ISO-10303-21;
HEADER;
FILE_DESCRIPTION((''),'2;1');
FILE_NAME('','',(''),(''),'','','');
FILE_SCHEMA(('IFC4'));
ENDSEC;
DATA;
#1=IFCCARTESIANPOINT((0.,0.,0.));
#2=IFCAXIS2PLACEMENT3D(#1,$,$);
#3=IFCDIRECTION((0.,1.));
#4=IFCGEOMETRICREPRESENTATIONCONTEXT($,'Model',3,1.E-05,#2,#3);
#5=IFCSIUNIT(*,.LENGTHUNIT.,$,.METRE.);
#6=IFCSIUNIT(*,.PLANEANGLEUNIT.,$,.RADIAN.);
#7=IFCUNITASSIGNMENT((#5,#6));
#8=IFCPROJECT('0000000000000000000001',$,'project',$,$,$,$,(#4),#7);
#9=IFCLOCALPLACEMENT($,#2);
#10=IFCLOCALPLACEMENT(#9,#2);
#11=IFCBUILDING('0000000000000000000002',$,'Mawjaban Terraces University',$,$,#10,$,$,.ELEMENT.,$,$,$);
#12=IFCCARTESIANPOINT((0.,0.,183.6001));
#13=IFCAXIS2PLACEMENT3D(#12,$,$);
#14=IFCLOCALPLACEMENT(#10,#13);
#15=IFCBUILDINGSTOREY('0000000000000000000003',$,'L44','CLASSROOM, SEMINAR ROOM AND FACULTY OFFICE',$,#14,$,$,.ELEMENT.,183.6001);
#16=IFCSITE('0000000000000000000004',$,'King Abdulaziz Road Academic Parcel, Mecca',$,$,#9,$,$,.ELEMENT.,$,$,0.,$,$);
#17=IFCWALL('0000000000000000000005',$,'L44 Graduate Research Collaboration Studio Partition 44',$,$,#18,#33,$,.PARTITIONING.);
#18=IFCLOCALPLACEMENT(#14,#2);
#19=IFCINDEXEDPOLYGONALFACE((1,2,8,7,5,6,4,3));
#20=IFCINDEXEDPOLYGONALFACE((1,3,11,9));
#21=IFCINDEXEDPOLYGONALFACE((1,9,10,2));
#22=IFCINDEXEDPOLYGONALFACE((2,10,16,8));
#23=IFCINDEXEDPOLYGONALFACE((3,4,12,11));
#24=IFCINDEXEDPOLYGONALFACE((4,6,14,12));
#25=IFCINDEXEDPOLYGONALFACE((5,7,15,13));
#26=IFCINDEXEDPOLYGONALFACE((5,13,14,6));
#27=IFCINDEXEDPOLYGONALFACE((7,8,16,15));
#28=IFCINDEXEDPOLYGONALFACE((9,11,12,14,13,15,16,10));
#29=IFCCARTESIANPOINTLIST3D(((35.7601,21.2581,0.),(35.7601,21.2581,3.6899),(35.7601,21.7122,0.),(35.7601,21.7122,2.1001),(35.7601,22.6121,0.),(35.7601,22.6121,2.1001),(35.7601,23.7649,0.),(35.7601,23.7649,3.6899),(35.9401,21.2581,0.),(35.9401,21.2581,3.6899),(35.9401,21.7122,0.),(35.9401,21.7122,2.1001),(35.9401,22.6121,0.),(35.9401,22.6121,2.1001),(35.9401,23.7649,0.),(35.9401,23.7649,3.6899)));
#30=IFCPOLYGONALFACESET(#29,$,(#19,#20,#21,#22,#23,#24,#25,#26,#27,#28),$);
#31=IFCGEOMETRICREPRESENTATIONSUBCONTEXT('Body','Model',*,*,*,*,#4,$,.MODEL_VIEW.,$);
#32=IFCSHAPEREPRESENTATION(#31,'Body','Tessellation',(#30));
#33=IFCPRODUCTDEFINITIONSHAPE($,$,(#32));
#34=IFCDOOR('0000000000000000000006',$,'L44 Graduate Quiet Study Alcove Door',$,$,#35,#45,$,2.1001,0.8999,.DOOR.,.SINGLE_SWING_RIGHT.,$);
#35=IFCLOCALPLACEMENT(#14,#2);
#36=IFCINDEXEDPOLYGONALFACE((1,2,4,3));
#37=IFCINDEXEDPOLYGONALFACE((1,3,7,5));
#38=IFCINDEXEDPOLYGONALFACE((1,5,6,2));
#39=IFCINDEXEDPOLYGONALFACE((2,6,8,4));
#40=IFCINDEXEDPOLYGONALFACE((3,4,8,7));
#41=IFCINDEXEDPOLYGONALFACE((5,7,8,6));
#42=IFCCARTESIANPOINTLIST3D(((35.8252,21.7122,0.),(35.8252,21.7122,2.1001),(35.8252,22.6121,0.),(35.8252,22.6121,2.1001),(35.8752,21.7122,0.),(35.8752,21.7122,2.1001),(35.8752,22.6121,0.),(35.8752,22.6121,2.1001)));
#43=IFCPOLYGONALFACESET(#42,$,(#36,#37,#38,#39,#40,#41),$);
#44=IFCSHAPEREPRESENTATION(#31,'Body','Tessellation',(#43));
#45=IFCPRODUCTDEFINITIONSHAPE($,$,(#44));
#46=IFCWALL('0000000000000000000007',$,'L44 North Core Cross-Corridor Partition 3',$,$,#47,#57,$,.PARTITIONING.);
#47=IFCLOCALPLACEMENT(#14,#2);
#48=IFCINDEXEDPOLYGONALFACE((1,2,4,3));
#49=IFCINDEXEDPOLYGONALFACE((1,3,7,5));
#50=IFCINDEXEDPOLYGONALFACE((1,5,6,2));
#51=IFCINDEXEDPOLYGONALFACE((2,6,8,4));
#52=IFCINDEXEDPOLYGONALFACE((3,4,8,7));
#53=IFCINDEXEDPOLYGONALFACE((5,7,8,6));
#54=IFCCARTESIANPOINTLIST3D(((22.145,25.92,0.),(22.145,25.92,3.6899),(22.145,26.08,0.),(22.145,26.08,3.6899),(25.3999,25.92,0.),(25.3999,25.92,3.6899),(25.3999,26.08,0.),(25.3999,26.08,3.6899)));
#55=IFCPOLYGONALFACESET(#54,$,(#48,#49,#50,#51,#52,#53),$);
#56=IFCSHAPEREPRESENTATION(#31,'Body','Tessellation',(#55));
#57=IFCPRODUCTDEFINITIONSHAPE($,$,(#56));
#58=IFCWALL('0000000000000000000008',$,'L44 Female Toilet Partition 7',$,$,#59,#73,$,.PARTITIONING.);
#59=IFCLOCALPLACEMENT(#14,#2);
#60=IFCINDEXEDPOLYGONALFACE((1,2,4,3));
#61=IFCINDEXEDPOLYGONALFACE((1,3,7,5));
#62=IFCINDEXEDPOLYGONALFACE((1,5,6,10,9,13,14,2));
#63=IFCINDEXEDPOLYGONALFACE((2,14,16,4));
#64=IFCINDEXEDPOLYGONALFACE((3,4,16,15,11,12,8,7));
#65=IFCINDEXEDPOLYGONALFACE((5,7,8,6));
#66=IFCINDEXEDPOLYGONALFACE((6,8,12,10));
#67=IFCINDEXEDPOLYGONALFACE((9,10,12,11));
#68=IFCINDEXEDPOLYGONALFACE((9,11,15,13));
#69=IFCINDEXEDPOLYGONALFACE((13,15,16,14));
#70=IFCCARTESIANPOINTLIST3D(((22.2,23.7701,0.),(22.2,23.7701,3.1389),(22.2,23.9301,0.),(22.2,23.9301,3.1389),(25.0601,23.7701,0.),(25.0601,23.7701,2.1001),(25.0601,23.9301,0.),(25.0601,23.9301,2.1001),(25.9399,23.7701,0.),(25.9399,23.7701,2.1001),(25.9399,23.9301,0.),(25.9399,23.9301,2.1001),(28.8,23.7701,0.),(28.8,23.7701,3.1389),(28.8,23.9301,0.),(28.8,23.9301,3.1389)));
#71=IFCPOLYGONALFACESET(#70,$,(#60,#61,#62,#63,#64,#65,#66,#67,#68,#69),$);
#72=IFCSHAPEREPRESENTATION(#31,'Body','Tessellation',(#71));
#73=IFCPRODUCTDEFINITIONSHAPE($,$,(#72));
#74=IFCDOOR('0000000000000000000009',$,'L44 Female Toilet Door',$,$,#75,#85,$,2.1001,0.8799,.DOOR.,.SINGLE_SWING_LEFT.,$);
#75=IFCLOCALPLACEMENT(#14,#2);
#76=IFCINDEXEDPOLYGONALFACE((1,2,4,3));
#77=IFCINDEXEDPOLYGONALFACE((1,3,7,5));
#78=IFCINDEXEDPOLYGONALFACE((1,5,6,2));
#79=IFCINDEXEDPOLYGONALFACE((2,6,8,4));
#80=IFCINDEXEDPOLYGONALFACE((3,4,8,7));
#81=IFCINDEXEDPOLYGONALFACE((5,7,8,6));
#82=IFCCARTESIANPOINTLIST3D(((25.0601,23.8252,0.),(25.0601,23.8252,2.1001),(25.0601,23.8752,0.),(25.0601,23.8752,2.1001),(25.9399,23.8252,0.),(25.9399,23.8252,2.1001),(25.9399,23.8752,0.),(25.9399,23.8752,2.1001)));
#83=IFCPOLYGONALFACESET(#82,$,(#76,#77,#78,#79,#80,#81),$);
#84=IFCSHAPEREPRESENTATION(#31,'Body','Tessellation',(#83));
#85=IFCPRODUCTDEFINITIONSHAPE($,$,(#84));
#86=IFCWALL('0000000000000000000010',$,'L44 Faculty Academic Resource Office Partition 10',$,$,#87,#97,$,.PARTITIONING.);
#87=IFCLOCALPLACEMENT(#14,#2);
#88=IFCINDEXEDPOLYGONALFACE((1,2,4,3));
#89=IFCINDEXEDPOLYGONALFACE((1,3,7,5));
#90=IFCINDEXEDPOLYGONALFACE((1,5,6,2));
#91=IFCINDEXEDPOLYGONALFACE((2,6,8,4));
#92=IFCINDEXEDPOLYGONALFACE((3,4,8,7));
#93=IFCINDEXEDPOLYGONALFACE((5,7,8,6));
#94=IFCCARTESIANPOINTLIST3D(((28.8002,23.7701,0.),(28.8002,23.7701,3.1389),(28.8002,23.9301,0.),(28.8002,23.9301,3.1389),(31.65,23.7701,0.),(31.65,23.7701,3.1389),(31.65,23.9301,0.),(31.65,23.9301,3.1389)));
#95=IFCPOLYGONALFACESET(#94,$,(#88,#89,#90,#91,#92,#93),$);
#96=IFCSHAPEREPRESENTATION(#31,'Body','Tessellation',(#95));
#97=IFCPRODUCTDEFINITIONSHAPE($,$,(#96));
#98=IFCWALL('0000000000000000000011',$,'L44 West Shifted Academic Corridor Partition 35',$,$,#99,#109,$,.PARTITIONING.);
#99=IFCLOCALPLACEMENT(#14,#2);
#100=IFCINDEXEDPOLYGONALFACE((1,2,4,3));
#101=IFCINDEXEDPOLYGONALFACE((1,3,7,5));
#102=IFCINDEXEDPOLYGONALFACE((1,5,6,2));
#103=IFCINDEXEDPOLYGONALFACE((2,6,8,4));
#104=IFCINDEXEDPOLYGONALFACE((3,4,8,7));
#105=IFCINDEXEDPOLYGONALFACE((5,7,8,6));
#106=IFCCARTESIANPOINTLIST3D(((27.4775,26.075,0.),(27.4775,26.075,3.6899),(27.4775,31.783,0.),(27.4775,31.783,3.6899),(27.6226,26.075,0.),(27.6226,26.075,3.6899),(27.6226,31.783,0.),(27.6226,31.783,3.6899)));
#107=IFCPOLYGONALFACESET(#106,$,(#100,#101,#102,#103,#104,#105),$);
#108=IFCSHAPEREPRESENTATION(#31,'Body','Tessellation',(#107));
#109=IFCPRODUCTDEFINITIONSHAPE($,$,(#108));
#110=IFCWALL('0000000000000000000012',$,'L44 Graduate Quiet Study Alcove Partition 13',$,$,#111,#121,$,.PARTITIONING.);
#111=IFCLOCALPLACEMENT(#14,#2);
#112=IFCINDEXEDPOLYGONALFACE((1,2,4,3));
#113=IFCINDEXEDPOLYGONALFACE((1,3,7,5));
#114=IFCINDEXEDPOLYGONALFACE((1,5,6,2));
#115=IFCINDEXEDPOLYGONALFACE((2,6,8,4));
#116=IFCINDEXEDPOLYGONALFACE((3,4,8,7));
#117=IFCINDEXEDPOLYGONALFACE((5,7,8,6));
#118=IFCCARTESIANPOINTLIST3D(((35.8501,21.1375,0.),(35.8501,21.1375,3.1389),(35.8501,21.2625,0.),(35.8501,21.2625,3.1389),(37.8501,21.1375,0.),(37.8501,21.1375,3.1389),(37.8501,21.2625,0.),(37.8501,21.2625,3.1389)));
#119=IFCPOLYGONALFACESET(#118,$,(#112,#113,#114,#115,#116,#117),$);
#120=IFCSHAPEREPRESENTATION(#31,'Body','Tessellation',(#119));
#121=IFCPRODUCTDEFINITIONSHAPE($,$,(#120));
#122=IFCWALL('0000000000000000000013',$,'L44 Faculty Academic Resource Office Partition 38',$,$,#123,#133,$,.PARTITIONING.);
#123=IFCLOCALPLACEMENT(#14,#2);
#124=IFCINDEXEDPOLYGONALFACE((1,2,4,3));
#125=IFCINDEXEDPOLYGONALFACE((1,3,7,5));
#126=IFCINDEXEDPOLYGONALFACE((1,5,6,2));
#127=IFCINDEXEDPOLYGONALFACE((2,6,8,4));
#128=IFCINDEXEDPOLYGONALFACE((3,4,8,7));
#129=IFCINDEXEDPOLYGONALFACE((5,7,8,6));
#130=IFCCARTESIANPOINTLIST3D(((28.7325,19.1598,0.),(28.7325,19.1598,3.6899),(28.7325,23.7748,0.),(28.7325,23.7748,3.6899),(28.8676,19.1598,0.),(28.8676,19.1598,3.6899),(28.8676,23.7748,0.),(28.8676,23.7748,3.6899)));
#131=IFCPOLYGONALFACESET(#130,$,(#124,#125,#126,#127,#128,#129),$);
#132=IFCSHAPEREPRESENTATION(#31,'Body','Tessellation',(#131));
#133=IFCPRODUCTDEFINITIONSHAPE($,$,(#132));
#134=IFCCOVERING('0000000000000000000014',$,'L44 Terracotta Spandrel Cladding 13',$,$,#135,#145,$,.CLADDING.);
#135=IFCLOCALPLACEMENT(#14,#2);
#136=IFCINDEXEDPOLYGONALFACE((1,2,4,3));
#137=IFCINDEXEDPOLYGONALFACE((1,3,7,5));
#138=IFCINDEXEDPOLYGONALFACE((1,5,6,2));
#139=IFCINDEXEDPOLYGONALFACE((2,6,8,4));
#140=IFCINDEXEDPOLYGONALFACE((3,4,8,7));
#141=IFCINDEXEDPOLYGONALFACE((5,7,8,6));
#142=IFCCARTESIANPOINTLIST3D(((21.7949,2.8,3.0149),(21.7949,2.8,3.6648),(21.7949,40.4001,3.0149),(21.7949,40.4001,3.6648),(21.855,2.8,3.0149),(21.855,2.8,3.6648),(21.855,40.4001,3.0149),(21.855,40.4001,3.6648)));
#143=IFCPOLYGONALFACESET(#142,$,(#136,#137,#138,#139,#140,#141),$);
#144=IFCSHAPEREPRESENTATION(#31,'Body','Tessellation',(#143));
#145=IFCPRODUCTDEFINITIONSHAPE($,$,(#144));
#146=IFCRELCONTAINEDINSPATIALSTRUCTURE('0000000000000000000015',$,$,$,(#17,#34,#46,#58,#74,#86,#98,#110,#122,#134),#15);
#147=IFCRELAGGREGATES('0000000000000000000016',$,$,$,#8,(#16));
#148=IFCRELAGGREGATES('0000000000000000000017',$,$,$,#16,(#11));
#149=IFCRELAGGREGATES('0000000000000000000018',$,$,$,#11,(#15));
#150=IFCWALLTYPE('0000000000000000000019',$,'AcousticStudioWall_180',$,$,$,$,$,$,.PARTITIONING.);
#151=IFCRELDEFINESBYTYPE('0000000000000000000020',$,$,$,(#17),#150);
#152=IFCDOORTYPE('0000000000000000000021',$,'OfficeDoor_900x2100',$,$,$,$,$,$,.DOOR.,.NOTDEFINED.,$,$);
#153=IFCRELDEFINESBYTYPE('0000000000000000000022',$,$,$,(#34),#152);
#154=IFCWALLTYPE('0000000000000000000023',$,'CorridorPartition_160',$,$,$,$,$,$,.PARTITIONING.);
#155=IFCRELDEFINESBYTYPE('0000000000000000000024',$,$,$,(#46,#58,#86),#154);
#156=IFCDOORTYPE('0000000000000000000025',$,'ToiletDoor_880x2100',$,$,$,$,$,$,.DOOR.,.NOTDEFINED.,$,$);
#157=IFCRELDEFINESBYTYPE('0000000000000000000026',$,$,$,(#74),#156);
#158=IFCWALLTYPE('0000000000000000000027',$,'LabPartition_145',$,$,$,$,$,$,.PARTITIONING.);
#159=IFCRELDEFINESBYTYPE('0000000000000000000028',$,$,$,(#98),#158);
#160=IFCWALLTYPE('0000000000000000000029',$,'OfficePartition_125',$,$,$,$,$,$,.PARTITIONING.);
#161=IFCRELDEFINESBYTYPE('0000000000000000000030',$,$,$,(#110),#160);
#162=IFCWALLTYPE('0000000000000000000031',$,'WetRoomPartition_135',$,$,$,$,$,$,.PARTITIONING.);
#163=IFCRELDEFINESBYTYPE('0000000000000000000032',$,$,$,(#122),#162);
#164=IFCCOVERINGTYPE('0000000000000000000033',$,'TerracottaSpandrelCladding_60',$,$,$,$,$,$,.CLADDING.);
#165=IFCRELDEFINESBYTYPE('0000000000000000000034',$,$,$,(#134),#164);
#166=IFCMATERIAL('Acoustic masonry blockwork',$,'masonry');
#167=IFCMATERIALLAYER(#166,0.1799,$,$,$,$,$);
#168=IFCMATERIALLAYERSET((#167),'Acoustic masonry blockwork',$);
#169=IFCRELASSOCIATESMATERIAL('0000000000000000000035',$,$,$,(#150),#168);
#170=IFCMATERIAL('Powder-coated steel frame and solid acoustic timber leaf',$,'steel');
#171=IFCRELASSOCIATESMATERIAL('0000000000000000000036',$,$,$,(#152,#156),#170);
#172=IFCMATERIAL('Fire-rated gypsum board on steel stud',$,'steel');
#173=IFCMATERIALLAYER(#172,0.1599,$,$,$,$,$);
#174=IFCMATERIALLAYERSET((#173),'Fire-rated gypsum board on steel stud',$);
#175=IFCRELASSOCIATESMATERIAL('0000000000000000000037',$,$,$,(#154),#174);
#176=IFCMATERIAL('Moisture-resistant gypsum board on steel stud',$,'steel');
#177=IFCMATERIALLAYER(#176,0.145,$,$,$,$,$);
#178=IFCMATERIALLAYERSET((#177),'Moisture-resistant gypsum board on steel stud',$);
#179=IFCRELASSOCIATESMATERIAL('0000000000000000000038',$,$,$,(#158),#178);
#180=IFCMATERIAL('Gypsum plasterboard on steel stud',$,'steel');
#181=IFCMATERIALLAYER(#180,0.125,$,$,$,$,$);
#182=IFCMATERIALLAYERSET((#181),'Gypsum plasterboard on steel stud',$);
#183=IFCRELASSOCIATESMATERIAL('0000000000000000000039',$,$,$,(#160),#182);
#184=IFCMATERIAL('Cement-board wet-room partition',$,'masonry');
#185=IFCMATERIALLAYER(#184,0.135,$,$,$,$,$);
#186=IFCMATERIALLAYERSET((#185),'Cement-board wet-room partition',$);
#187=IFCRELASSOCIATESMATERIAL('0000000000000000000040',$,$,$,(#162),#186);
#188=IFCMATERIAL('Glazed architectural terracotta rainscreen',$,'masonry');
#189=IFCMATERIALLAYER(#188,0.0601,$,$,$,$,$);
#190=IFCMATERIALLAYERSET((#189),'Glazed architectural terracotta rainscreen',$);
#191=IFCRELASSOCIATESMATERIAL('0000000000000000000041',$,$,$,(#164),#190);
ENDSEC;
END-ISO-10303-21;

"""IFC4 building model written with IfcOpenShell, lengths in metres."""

from ifc_helpers import new_model, si_unit, direction, frame, frame_2d, origin, origin_2d, place, context, subcontext, project, spatial, rectangle, extrude, material, layer, layer_set, type_object, element, fill, save


model = new_model("IFC4")

# Units and contexts
model_context = context("Model", 3, precision=1e-05, world=origin(), true_north=direction((0.0, 1.0)))
body_context = subcontext(model_context, "Body", "Model", "MODEL_VIEW")
ifc_project = project(units=[si_unit("LENGTHUNIT", "METRE"), si_unit("PLANEANGLEUNIT", "RADIAN")], contexts=[model_context])

# Site, building, storey
site_placement = place(None, origin())
site = spatial("IfcSite", under=ifc_project, at=site_placement, Name="King Abdulaziz Road Academic Parcel, Mecca", CompositionType="ELEMENT", RefElevation=0.0)
building_placement = place(site_placement, origin())
building = spatial("IfcBuilding", under=site, at=building_placement, Name="Mawjaban Terraces University", CompositionType="ELEMENT")
storey_placement = place(building_placement, frame((0.0, 0.0, 183.6001)))
storey = spatial("IfcBuildingStorey", under=building, at=storey_placement, Name="L44", Description="CLASSROOM, SEMINAR ROOM AND FACULTY OFFICE", CompositionType="ELEMENT", Elevation=183.6001)

# Shared definitions
ifc_material_1 = material(Name="Acoustic masonry blockwork", Category="masonry")
ifc_layer_1 = layer(ifc_material_1, 0.1799)
ifc_layer_set_1 = layer_set([ifc_layer_1], Name="Acoustic masonry blockwork")
wall_type_1 = type_object("IfcWallType", Name="AcousticStudioWall_180", PredefinedType="PARTITIONING", material=ifc_layer_set_1)

# Wall, opening, door
wall_1_placement = place(storey_placement, frame((35.8501, 21.2581, 0.0), z_axis=(0.0, 0.0, 1.0), x_axis=(0.0, 1.0, 0.0)))
wall_1 = element("IfcWall", 1, at=wall_1_placement, inside=storey, type_object=wall_type_1, Name="L44 Graduate Research Collaboration Studio Partition 44", PredefinedType="PARTITIONING", context=body_context, shape_type="SweptSolid", body=[
    extrude(rectangle(XDim=2.5068, YDim=0.1799, at=frame_2d((1.2534, 0.0))), origin(), (0.0, 0.0, 1.0), 3.6899),
])
opening_1_placement = place(wall_1_placement, frame((0.4541, 0.0, 0.0)))
opening_1 = element("IfcOpeningElement", 2, at=opening_1_placement, cuts=wall_1, PredefinedType="OPENING", context=body_context, shape_type="SweptSolid", body=[
    extrude(rectangle(XDim=0.8999, YDim=2.1001, at=frame_2d((0.45, 1.05))), frame((0.0, 0.0999, 0.0), z_axis=(0.0, -1.0, 0.0), x_axis=(1.0, 0.0, 0.0)), (0.0, 0.0, 1.0), 0.2),
])
ifc_material_2 = material(Name="Powder-coated steel frame and solid acoustic timber leaf", Category="steel")
door_type_1 = type_object("IfcDoorType", Name="OfficeDoor_900x2100", OperationType="NOTDEFINED", PredefinedType="DOOR", material=ifc_material_2)
door_1_placement = place(opening_1_placement, origin())
door_1 = element("IfcDoor", 3, at=door_1_placement, inside=storey, type_object=door_type_1, Name="L44 Graduate Quiet Study Alcove Door", OperationType="SINGLE_SWING_RIGHT", OverallHeight=2.1001, OverallWidth=0.8999, PredefinedType="DOOR", context=body_context, shape_type="SweptSolid", body=[
    extrude(rectangle(XDim=0.8999, YDim=2.1001, at=frame_2d((0.45, 1.05))), frame((0.0, 0.0249, 0.0), z_axis=(0.0, -1.0, 0.0), x_axis=(1.0, 0.0, 0.0)), (0.0, 0.0, 1.0), 0.05),
])
fill(opening_1, door_1)

# Wall
ifc_material_3 = material(Name="Fire-rated gypsum board on steel stud", Category="steel")
ifc_layer_2 = layer(ifc_material_3, 0.1599)
ifc_layer_set_2 = layer_set([ifc_layer_2], Name="Fire-rated gypsum board on steel stud")
wall_type_2 = type_object("IfcWallType", Name="CorridorPartition_160", PredefinedType="PARTITIONING", material=ifc_layer_set_2)
wall_2_placement = place(storey_placement, frame((25.3999, 26.0, 0.0), z_axis=(0.0, 0.0, 1.0), x_axis=(-1.0, 0.0, 0.0)))
element("IfcWall", 4, at=wall_2_placement, inside=storey, type_object=wall_type_2, Name="L44 North Core Cross-Corridor Partition 3", PredefinedType="PARTITIONING", context=body_context, shape_type="SweptSolid", body=[
    extrude(rectangle(XDim=3.2549, YDim=0.1599, at=frame_2d((1.6274, 0.0))), origin(), (0.0, 0.0, 1.0), 3.6899),
])

# Wall, opening, door
wall_3_placement = place(storey_placement, frame((28.8, 23.8501, 0.0), z_axis=(0.0, 0.0, 1.0), x_axis=(-1.0, 0.0, 0.0)))
wall_3 = element("IfcWall", 5, at=wall_3_placement, inside=storey, type_object=wall_type_2, Name="L44 Female Toilet Partition 7", PredefinedType="PARTITIONING", context=body_context, shape_type="SweptSolid", body=[
    extrude(rectangle(XDim=6.6001, YDim=0.1599, at=frame_2d((3.3, 0.0))), origin(), (0.0, 0.0, 1.0), 3.1389),
])
opening_2_placement = place(wall_3_placement, frame((2.8601, 0.0, 0.0)))
opening_2 = element("IfcOpeningElement", 6, at=opening_2_placement, cuts=wall_3, PredefinedType="OPENING", context=body_context, shape_type="SweptSolid", body=[
    extrude(rectangle(XDim=0.8799, YDim=2.1001, at=frame_2d((0.4399, 1.05))), frame((0.0, 0.0898, 0.0), z_axis=(0.0, -1.0, 0.0), x_axis=(1.0, 0.0, 0.0)), (0.0, 0.0, 1.0), 0.1799),
])
door_type_2 = type_object("IfcDoorType", Name="ToiletDoor_880x2100", OperationType="NOTDEFINED", PredefinedType="DOOR", material=ifc_material_2)
door_2_placement = place(opening_2_placement, origin())
door_2 = element("IfcDoor", 7, at=door_2_placement, inside=storey, type_object=door_type_2, Name="L44 Female Toilet Door", OperationType="SINGLE_SWING_LEFT", OverallHeight=2.1001, OverallWidth=0.8799, PredefinedType="DOOR", context=body_context, shape_type="SweptSolid", body=[
    extrude(rectangle(XDim=0.8799, YDim=2.1001, at=frame_2d((0.4399, 1.05))), frame((0.0, 0.0249, 0.0), z_axis=(0.0, -1.0, 0.0), x_axis=(1.0, 0.0, 0.0)), (0.0, 0.0, 1.0), 0.05),
])
fill(opening_2, door_2)

# Walls
wall_4_placement = place(storey_placement, frame((31.6499, 23.8501, 0.0), z_axis=(0.0, 0.0, 1.0), x_axis=(-1.0, 0.0, 0.0)))
element("IfcWall", 8, at=wall_4_placement, inside=storey, type_object=wall_type_2, Name="L44 Faculty Academic Resource Office Partition 10", PredefinedType="PARTITIONING", context=body_context, shape_type="SweptSolid", body=[
    extrude(rectangle(XDim=2.8499, YDim=0.1599, at=frame_2d((1.4248, 0.0))), origin(), (0.0, 0.0, 1.0), 3.1389),
])
ifc_material_4 = material(Name="Moisture-resistant gypsum board on steel stud", Category="steel")
ifc_layer_3 = layer(ifc_material_4, 0.145)
ifc_layer_set_3 = layer_set([ifc_layer_3], Name="Moisture-resistant gypsum board on steel stud")
wall_type_3 = type_object("IfcWallType", Name="LabPartition_145", PredefinedType="PARTITIONING", material=ifc_layer_set_3)
wall_5_placement = place(storey_placement, frame((27.55, 26.075, 0.0), z_axis=(0.0, 0.0, 1.0), x_axis=(0.0, 1.0, 0.0)))
element("IfcWall", 9, at=wall_5_placement, inside=storey, type_object=wall_type_3, Name="L44 West Shifted Academic Corridor Partition 35", PredefinedType="PARTITIONING", context=body_context, shape_type="SweptSolid", body=[
    extrude(rectangle(XDim=5.708, YDim=0.145, at=frame_2d((2.854, 0.0))), origin(), (0.0, 0.0, 1.0), 3.6899),
])
ifc_material_5 = material(Name="Gypsum plasterboard on steel stud", Category="steel")
ifc_layer_4 = layer(ifc_material_5, 0.125)
ifc_layer_set_4 = layer_set([ifc_layer_4], Name="Gypsum plasterboard on steel stud")
wall_type_4 = type_object("IfcWallType", Name="OfficePartition_125", PredefinedType="PARTITIONING", material=ifc_layer_set_4)
wall_6_placement = place(storey_placement, frame((35.8501, 21.2, 0.0), z_axis=(0.0, 0.0, 1.0), x_axis=(1.0, 0.0, 0.0)))
element("IfcWall", 10, at=wall_6_placement, inside=storey, type_object=wall_type_4, Name="L44 Graduate Quiet Study Alcove Partition 13", PredefinedType="PARTITIONING", context=body_context, shape_type="SweptSolid", body=[
    extrude(rectangle(XDim=2.0, YDim=0.125, at=frame_2d((1.0, 0.0))), origin(), (0.0, 0.0, 1.0), 3.1389),
])
ifc_material_6 = material(Name="Cement-board wet-room partition", Category="masonry")
ifc_layer_5 = layer(ifc_material_6, 0.135)
ifc_layer_set_5 = layer_set([ifc_layer_5], Name="Cement-board wet-room partition")
wall_type_5 = type_object("IfcWallType", Name="WetRoomPartition_135", PredefinedType="PARTITIONING", material=ifc_layer_set_5)
wall_7_placement = place(storey_placement, frame((28.8, 23.7749, 0.0), z_axis=(0.0, 0.0, 1.0), x_axis=(0.0, -1.0, 0.0)))
element("IfcWall", 11, at=wall_7_placement, inside=storey, type_object=wall_type_5, Name="L44 Faculty Academic Resource Office Partition 38", PredefinedType="PARTITIONING", context=body_context, shape_type="SweptSolid", body=[
    extrude(rectangle(XDim=4.615, YDim=0.135, at=frame_2d((2.3076, 0.0))), origin(), (0.0, 0.0, 1.0), 3.6899),
])

# Covering
ifc_material_7 = material(Name="Glazed architectural terracotta rainscreen", Category="masonry")
ifc_layer_6 = layer(ifc_material_7, 0.0601)
ifc_layer_set_6 = layer_set([ifc_layer_6], Name="Glazed architectural terracotta rainscreen")
covering_type = type_object("IfcCoveringType", Name="TerracottaSpandrelCladding_60", PredefinedType="CLADDING", material=ifc_layer_set_6)
covering_placement = place(storey_placement, frame((21.825, 21.6001, 3.0149), z_axis=(0.0, 0.0, 1.0), x_axis=(0.0, -1.0, 0.0)))
element("IfcCovering", 12, at=covering_placement, inside=storey, type_object=covering_type, Name="L44 Terracotta Spandrel Cladding 13", PredefinedType="CLADDING", context=body_context, shape_type="SweptSolid", body=[
    extrude(rectangle(XDim=37.6001, YDim=0.0601, at=origin_2d()), origin(), (0.0, 0.0, 1.0), 0.6499),
])

save(model, "model.ifc")
